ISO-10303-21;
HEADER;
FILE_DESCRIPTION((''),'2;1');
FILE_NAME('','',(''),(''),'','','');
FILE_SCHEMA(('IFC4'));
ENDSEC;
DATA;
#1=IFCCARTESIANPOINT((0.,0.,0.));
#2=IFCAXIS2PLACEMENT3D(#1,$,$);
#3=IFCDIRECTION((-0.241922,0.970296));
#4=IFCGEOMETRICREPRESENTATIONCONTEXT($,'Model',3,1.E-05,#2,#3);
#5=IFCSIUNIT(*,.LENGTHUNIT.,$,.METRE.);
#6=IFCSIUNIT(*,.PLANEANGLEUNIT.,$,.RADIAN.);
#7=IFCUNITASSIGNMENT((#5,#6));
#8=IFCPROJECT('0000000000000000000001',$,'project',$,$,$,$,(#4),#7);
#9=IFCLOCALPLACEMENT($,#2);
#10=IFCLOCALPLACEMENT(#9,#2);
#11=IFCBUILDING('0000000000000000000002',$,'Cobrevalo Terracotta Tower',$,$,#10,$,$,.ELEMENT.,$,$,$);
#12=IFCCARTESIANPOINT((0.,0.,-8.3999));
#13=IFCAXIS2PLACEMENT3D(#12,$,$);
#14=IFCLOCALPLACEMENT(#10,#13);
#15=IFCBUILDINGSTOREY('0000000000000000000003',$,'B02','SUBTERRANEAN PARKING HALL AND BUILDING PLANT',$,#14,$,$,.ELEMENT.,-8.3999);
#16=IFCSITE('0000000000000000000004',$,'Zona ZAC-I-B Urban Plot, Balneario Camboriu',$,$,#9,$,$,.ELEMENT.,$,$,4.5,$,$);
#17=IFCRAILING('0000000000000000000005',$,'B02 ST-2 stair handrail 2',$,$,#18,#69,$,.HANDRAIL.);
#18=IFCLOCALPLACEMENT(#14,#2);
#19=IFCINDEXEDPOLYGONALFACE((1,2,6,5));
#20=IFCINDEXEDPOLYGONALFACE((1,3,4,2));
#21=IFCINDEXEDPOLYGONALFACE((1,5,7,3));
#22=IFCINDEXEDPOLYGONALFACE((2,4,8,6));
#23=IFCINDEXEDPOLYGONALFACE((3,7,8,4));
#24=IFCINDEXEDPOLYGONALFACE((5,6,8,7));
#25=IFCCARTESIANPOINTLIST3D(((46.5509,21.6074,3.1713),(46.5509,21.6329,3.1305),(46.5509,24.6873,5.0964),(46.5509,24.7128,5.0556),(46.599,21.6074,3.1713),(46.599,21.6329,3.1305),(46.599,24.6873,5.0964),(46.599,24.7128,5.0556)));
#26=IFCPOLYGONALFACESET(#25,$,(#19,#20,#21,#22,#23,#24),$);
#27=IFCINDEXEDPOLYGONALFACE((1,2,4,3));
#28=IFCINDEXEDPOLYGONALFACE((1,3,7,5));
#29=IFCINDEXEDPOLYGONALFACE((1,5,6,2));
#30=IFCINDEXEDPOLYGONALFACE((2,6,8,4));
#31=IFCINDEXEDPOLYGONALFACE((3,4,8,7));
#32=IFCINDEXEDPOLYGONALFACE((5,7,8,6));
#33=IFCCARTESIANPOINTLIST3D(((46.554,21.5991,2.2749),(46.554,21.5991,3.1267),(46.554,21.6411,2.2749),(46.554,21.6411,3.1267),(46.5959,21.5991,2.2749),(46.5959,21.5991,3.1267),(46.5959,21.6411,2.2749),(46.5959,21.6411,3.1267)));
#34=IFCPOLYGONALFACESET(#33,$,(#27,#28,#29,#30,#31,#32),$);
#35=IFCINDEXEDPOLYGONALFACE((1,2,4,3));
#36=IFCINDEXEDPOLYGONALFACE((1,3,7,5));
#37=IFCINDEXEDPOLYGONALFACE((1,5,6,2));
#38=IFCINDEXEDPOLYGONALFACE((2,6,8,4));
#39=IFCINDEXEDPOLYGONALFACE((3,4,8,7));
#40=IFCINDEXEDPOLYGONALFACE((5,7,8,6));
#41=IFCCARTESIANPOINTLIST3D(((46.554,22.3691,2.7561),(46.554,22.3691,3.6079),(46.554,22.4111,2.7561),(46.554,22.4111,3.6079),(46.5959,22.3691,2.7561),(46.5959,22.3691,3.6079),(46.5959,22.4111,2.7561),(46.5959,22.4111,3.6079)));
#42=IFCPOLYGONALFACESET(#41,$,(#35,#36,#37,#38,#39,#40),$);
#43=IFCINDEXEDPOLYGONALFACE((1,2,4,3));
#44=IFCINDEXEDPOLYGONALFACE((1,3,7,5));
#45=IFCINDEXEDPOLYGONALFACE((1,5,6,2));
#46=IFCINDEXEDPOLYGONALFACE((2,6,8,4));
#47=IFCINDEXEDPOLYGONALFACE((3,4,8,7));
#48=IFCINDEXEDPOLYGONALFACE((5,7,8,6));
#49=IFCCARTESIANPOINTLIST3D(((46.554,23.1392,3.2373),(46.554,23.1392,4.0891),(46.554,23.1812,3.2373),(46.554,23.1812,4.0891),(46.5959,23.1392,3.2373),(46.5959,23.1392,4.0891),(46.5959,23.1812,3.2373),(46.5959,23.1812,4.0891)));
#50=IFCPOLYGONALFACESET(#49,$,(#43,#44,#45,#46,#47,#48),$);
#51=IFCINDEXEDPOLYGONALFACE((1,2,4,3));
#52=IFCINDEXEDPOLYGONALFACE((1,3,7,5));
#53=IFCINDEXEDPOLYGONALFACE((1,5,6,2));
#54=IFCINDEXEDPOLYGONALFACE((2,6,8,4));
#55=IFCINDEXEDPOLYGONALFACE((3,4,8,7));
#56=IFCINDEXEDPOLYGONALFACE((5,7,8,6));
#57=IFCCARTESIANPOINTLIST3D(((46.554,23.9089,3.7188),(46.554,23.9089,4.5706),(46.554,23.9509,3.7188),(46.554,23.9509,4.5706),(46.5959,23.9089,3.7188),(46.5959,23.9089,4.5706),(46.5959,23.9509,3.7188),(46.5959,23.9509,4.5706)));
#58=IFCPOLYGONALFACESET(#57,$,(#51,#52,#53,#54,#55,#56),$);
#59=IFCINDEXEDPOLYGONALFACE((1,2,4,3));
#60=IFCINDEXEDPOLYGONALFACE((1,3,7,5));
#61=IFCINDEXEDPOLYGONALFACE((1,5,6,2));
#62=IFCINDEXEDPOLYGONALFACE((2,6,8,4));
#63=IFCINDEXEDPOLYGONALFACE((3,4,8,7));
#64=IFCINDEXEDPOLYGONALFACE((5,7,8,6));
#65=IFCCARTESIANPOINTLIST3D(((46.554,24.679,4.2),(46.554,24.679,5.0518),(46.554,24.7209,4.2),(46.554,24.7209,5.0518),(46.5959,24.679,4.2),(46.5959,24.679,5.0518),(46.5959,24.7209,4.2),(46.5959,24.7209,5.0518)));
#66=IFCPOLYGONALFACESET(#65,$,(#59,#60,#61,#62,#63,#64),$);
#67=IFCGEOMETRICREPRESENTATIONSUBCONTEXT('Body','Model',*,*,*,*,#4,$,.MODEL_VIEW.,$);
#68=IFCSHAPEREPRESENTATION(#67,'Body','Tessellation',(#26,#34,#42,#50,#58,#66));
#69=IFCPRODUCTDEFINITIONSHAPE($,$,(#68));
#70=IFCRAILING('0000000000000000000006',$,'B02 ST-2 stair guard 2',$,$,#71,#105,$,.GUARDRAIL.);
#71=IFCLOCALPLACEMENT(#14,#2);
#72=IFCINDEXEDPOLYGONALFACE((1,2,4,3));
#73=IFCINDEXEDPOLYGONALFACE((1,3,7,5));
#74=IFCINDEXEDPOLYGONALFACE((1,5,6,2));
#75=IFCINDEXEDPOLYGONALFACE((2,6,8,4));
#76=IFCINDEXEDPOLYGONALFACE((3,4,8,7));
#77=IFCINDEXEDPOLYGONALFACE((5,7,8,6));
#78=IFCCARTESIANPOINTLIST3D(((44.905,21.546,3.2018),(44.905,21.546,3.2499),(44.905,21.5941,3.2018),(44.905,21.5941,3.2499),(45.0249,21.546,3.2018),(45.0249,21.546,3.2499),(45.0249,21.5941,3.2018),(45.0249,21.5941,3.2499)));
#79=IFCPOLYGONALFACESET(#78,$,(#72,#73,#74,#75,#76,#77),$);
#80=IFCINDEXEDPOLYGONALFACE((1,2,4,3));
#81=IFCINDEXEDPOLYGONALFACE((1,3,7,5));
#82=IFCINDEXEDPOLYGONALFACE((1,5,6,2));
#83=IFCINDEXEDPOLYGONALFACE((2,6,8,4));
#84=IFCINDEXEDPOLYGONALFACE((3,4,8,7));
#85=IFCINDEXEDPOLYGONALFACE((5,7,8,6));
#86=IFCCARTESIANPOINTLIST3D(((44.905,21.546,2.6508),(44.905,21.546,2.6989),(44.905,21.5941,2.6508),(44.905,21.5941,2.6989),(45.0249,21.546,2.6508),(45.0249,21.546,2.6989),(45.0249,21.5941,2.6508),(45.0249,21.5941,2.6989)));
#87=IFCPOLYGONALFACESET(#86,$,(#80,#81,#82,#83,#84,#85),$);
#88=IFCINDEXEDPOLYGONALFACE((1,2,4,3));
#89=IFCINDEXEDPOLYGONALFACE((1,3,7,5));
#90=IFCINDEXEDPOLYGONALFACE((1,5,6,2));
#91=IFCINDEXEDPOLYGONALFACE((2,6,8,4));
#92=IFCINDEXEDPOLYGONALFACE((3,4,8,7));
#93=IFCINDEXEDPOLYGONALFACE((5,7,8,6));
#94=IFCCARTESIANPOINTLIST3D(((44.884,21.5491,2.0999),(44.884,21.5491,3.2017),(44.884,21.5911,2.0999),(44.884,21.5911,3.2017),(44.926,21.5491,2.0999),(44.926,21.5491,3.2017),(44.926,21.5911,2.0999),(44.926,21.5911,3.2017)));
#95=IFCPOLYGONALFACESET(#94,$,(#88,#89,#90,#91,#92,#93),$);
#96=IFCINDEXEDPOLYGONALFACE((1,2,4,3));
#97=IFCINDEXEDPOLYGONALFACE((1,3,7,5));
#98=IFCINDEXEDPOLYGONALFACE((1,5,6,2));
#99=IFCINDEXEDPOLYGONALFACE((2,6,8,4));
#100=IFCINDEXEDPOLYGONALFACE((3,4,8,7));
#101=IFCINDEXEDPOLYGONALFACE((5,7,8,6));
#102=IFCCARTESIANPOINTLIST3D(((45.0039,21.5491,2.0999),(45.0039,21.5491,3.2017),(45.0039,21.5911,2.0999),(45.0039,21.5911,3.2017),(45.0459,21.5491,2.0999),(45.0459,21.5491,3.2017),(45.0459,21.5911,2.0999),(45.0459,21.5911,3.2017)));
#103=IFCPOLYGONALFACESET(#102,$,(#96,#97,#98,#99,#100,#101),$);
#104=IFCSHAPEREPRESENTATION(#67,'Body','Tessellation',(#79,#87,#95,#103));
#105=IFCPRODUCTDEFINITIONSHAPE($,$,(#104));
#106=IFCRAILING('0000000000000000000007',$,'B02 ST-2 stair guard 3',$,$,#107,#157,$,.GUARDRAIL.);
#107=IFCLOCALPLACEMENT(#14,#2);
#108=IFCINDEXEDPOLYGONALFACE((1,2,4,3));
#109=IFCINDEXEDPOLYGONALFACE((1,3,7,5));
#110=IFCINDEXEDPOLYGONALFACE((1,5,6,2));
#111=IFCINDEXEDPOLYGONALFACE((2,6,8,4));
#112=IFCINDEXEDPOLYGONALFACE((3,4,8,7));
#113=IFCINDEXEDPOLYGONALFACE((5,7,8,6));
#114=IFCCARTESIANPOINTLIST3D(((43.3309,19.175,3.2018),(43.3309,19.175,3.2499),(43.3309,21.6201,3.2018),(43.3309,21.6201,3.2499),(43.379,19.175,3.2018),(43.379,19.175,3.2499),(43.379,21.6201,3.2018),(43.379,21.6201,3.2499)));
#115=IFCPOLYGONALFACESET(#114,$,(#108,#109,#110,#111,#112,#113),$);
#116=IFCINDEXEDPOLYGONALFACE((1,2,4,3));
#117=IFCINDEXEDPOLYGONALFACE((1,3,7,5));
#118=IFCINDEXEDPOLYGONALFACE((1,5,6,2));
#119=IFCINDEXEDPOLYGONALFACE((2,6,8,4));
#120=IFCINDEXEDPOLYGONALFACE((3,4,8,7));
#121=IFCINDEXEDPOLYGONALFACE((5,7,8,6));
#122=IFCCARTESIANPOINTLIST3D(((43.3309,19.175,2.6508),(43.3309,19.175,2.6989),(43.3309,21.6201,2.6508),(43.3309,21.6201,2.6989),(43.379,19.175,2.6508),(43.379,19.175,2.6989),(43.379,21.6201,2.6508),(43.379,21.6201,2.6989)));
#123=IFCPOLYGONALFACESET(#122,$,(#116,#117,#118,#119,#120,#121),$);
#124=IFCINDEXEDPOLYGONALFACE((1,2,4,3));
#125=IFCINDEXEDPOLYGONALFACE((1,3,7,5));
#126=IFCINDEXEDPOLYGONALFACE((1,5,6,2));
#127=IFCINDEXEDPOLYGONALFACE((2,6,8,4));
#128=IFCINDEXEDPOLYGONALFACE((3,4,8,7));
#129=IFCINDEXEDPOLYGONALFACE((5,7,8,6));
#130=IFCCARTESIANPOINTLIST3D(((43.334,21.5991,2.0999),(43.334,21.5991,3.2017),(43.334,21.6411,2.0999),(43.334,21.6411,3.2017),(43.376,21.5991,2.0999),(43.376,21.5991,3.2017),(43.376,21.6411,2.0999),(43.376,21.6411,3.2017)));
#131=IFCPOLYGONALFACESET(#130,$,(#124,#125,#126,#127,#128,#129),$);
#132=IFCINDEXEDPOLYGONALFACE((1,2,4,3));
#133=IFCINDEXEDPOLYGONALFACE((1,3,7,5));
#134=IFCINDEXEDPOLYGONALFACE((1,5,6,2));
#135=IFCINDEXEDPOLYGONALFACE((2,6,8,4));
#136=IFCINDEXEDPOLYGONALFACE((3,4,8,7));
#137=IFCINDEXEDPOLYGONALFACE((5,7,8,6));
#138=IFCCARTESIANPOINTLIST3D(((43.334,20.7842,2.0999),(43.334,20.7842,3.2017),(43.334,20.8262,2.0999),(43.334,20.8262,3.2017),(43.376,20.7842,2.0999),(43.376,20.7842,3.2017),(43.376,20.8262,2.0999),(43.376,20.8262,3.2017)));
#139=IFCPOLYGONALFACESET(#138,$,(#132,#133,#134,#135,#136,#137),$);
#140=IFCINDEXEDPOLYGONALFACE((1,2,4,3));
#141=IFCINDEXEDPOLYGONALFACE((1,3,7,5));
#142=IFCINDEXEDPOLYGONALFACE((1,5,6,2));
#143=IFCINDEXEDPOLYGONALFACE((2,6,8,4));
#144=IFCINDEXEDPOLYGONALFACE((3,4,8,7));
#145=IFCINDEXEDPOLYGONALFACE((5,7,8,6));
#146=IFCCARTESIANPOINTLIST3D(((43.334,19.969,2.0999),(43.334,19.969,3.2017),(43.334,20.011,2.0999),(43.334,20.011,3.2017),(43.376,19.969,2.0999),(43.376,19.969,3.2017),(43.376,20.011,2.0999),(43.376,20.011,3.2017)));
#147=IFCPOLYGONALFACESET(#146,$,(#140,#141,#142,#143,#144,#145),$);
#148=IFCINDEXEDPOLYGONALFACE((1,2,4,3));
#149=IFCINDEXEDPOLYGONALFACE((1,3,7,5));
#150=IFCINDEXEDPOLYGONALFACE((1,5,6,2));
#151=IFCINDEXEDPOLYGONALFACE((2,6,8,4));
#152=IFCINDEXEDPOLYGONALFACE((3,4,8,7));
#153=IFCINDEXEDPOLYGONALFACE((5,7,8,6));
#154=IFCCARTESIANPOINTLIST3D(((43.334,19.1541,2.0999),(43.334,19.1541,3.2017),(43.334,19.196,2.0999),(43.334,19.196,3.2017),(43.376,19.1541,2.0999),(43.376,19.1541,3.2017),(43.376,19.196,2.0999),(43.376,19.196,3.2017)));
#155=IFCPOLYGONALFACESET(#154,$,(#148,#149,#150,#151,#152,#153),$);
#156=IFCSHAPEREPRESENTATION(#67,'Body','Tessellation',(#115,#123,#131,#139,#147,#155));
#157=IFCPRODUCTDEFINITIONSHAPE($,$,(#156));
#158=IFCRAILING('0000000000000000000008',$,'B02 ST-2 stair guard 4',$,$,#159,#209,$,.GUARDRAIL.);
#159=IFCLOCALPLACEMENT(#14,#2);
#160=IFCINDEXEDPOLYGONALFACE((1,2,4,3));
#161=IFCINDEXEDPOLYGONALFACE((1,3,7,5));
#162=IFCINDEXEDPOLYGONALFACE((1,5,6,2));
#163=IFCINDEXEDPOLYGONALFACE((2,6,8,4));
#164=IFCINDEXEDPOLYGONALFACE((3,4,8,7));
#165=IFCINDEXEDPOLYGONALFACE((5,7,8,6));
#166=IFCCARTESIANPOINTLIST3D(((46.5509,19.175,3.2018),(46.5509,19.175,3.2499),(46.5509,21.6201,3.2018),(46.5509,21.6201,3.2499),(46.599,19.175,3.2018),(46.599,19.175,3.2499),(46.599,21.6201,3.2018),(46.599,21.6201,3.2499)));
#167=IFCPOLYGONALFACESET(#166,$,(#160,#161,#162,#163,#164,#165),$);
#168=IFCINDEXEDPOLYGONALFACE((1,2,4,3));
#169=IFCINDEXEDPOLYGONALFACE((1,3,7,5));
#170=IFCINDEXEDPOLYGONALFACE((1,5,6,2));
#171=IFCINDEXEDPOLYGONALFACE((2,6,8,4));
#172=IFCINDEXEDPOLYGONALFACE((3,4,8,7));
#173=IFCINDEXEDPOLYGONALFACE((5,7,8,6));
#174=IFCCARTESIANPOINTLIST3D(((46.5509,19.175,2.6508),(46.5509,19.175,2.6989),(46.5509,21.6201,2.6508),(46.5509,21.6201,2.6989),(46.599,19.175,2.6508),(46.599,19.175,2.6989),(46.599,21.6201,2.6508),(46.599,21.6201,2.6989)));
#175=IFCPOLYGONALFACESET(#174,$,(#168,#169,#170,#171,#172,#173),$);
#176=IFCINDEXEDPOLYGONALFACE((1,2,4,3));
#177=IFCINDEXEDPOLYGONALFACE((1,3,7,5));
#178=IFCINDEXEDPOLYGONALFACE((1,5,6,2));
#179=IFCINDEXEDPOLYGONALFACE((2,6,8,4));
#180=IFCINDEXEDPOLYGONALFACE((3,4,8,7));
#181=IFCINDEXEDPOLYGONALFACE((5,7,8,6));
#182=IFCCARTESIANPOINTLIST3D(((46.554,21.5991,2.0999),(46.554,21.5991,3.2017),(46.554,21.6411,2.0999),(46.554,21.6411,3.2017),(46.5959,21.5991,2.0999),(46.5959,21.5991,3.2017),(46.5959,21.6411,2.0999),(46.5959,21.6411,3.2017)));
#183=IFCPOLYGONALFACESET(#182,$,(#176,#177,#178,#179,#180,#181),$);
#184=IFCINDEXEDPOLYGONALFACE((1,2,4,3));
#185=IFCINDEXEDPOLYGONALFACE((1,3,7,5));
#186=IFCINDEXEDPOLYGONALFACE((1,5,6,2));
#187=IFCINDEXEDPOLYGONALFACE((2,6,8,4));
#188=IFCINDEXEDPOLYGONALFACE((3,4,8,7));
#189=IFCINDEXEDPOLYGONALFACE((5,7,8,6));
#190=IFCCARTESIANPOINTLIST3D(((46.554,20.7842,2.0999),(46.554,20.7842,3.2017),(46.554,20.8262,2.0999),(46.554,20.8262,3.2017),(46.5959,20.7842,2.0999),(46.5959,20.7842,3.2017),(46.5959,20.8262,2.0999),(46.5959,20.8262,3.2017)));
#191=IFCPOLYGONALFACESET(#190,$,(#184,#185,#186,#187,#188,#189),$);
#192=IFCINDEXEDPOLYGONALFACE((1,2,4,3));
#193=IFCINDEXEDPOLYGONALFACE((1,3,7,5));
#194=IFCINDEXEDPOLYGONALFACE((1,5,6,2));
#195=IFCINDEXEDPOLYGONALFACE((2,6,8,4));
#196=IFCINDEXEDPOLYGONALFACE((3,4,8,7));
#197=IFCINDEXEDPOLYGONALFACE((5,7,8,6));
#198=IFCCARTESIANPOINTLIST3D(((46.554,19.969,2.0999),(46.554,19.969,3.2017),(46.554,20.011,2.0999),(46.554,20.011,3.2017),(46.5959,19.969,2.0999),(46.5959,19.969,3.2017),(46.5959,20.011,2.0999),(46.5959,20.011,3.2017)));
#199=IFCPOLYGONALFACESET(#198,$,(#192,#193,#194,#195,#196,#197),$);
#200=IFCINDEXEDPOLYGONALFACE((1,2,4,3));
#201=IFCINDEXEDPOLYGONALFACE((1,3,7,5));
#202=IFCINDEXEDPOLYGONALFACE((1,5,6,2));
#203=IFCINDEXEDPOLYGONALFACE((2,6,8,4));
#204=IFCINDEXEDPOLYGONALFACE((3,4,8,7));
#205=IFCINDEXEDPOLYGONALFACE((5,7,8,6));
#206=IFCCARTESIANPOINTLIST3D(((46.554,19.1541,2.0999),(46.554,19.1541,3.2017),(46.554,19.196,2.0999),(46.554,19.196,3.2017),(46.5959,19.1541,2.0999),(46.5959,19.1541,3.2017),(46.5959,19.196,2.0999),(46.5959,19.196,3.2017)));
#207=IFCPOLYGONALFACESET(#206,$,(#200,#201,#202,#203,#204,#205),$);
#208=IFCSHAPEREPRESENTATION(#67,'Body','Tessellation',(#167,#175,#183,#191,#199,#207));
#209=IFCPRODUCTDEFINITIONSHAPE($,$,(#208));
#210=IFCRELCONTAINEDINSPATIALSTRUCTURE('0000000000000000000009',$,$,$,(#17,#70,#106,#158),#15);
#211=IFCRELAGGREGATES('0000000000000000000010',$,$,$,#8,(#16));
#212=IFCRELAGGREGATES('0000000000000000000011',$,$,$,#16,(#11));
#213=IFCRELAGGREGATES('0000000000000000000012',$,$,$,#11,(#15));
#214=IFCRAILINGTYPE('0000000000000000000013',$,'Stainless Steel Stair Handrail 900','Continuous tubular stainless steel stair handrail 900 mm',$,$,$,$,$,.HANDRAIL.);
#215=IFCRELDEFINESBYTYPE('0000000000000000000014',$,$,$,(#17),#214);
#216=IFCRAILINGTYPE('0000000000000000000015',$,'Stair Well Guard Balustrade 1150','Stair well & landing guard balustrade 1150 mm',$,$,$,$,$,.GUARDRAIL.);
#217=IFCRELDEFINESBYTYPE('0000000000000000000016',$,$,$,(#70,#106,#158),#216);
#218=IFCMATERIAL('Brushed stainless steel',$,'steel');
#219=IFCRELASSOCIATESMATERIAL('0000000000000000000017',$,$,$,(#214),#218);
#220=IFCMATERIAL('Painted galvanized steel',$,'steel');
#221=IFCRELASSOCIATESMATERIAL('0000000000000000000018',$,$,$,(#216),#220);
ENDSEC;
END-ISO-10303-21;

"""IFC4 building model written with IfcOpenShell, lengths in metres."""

from ifc_helpers import new_model, si_unit, direction, frame, origin, origin_2d, place, context, subcontext, project, spatial, rectangle, extrude, material, type_object, element, save


model = new_model("IFC4")

# Units and contexts
model_context = context("Model", 3, precision=1e-05, world=origin(), true_north=direction((-0.241922, 0.970296)))
body_context = subcontext(model_context, "Body", "Model", "MODEL_VIEW")
ifc_project = project(units=[si_unit("LENGTHUNIT", "METRE"), si_unit("PLANEANGLEUNIT", "RADIAN")], contexts=[model_context])

# Site, building, storey
site_placement = place(None, origin())
site = spatial("IfcSite", under=ifc_project, at=site_placement, Name="Zona ZAC-I-B Urban Plot, Balneario Camboriu", CompositionType="ELEMENT", RefElevation=4.5)
building_placement = place(site_placement, origin())
building = spatial("IfcBuilding", under=site, at=building_placement, Name="Cobrevalo Terracotta Tower", CompositionType="ELEMENT")
storey_placement = place(building_placement, frame((0.0, 0.0, -8.3999)))
storey = spatial("IfcBuildingStorey", under=building, at=storey_placement, Name="B02", Description="SUBTERRANEAN PARKING HALL AND BUILDING PLANT", CompositionType="ELEMENT", Elevation=-8.3999)

# Railings
ifc_material_1 = material(Name="Brushed stainless steel", Category="steel")
railing_type_1 = type_object("IfcRailingType", Name="Stainless Steel Stair Handrail 900", Description="Continuous tubular stainless steel stair handrail 900 mm", PredefinedType="HANDRAIL", material=ifc_material_1)
railing_1_placement = place(storey_placement, frame((46.575, 21.6201, 2.2749)))
element("IfcRailing", 1, at=railing_1_placement, inside=storey, type_object=railing_type_1, Name="B02 ST-2 stair handrail 2", PredefinedType="HANDRAIL", context=body_context, shape_type="SweptSolid", body=[
    extrude(rectangle(XDim=0.0481, YDim=0.0481, at=origin_2d()), frame((0.0, 0.0, 0.876), z_axis=(0.0, 0.847979, 0.530029), x_axis=(-1.0, 0.0, 0.0)), (0.0, 0.0, 1.0), 3.6321),
    extrude(rectangle(XDim=0.042, YDim=0.042, at=origin_2d()), origin(), (0.0, 0.0, 1.0), 0.8518),
    extrude(rectangle(XDim=0.042, YDim=0.042, at=origin_2d()), frame((0.0, 0.77, 0.4812)), (0.0, 0.0, 1.0), 0.8518),
    extrude(rectangle(XDim=0.042, YDim=0.042, at=origin_2d()), frame((0.0, 1.54, 0.9624)), (0.0, 0.0, 1.0), 0.8518),
    extrude(rectangle(XDim=0.042, YDim=0.042, at=origin_2d()), frame((0.0, 2.3098, 1.4438)), (0.0, 0.0, 1.0), 0.8518),
    extrude(rectangle(XDim=0.042, YDim=0.042, at=origin_2d()), frame((0.0, 3.0798, 1.925)), (0.0, 0.0, 1.0), 0.8518),
])
ifc_material_2 = material(Name="Painted galvanized steel", Category="steel")
railing_type_2 = type_object("IfcRailingType", Name="Stair Well Guard Balustrade 1150", Description="Stair well & landing guard balustrade 1150 mm", PredefinedType="GUARDRAIL", material=ifc_material_2)
railing_2_placement = place(storey_placement, frame((44.905, 21.5701, 2.0999)))
element("IfcRailing", 2, at=railing_2_placement, inside=storey, type_object=railing_type_2, Name="B02 ST-2 stair guard 2", PredefinedType="GUARDRAIL", context=body_context, shape_type="SweptSolid", body=[
    extrude(rectangle(XDim=0.0481, YDim=0.0481, at=origin_2d()), frame((0.0, 0.0, 1.126), z_axis=(1.0, 0.0, 0.0), x_axis=(0.0, 1.0, 0.0)), (0.0, 0.0, 1.0), 0.1199),
    extrude(rectangle(XDim=0.0481, YDim=0.0481, at=origin_2d()), frame((0.0, 0.0, 0.575), z_axis=(1.0, 0.0, 0.0), x_axis=(0.0, 1.0, 0.0)), (0.0, 0.0, 1.0), 0.1199),
    extrude(rectangle(XDim=0.042, YDim=0.042, at=origin_2d()), origin(), (0.0, 0.0, 1.0), 1.1018),
    extrude(rectangle(XDim=0.042, YDim=0.042, at=origin_2d()), frame((0.1199, 0.0, 0.0)), (0.0, 0.0, 1.0), 1.1018),
])
for number, where, name in (
    (3, (43.355, 21.6201, 2.0999), "B02 ST-2 stair guard 3"),
    (4, (46.575, 21.6201, 2.0999), "B02 ST-2 stair guard 4"),
):
    element("IfcRailing", number, at=place(storey_placement, frame(where)), inside=storey, type_object=railing_type_2, Name=name, PredefinedType="GUARDRAIL", context=body_context, shape_type="SweptSolid", body=[
        extrude(rectangle(XDim=0.0481, YDim=0.0481, at=origin_2d()), frame((0.0, 0.0, 1.126), z_axis=(0.0, -1.0, 0.0), x_axis=(1.0, 0.0, 0.0)), (0.0, 0.0, 1.0), 2.4451),
        extrude(rectangle(XDim=0.0481, YDim=0.0481, at=origin_2d()), frame((0.0, 0.0, 0.575), z_axis=(0.0, -1.0, 0.0), x_axis=(1.0, 0.0, 0.0)), (0.0, 0.0, 1.0), 2.4451),
        extrude(rectangle(XDim=0.042, YDim=0.042, at=origin_2d()), origin(), (0.0, 0.0, 1.0), 1.1018),
        extrude(rectangle(XDim=0.042, YDim=0.042, at=origin_2d()), frame((0.0, -0.8149, 0.0)), (0.0, 0.0, 1.0), 1.1018),
        extrude(rectangle(XDim=0.042, YDim=0.042, at=origin_2d()), frame((0.0, -1.6301, 0.0)), (0.0, 0.0, 1.0), 1.1018),
        extrude(rectangle(XDim=0.042, YDim=0.042, at=origin_2d()), frame((0.0, -2.4451, 0.0)), (0.0, 0.0, 1.0), 1.1018),
    ])

save(model, "model.ifc")
